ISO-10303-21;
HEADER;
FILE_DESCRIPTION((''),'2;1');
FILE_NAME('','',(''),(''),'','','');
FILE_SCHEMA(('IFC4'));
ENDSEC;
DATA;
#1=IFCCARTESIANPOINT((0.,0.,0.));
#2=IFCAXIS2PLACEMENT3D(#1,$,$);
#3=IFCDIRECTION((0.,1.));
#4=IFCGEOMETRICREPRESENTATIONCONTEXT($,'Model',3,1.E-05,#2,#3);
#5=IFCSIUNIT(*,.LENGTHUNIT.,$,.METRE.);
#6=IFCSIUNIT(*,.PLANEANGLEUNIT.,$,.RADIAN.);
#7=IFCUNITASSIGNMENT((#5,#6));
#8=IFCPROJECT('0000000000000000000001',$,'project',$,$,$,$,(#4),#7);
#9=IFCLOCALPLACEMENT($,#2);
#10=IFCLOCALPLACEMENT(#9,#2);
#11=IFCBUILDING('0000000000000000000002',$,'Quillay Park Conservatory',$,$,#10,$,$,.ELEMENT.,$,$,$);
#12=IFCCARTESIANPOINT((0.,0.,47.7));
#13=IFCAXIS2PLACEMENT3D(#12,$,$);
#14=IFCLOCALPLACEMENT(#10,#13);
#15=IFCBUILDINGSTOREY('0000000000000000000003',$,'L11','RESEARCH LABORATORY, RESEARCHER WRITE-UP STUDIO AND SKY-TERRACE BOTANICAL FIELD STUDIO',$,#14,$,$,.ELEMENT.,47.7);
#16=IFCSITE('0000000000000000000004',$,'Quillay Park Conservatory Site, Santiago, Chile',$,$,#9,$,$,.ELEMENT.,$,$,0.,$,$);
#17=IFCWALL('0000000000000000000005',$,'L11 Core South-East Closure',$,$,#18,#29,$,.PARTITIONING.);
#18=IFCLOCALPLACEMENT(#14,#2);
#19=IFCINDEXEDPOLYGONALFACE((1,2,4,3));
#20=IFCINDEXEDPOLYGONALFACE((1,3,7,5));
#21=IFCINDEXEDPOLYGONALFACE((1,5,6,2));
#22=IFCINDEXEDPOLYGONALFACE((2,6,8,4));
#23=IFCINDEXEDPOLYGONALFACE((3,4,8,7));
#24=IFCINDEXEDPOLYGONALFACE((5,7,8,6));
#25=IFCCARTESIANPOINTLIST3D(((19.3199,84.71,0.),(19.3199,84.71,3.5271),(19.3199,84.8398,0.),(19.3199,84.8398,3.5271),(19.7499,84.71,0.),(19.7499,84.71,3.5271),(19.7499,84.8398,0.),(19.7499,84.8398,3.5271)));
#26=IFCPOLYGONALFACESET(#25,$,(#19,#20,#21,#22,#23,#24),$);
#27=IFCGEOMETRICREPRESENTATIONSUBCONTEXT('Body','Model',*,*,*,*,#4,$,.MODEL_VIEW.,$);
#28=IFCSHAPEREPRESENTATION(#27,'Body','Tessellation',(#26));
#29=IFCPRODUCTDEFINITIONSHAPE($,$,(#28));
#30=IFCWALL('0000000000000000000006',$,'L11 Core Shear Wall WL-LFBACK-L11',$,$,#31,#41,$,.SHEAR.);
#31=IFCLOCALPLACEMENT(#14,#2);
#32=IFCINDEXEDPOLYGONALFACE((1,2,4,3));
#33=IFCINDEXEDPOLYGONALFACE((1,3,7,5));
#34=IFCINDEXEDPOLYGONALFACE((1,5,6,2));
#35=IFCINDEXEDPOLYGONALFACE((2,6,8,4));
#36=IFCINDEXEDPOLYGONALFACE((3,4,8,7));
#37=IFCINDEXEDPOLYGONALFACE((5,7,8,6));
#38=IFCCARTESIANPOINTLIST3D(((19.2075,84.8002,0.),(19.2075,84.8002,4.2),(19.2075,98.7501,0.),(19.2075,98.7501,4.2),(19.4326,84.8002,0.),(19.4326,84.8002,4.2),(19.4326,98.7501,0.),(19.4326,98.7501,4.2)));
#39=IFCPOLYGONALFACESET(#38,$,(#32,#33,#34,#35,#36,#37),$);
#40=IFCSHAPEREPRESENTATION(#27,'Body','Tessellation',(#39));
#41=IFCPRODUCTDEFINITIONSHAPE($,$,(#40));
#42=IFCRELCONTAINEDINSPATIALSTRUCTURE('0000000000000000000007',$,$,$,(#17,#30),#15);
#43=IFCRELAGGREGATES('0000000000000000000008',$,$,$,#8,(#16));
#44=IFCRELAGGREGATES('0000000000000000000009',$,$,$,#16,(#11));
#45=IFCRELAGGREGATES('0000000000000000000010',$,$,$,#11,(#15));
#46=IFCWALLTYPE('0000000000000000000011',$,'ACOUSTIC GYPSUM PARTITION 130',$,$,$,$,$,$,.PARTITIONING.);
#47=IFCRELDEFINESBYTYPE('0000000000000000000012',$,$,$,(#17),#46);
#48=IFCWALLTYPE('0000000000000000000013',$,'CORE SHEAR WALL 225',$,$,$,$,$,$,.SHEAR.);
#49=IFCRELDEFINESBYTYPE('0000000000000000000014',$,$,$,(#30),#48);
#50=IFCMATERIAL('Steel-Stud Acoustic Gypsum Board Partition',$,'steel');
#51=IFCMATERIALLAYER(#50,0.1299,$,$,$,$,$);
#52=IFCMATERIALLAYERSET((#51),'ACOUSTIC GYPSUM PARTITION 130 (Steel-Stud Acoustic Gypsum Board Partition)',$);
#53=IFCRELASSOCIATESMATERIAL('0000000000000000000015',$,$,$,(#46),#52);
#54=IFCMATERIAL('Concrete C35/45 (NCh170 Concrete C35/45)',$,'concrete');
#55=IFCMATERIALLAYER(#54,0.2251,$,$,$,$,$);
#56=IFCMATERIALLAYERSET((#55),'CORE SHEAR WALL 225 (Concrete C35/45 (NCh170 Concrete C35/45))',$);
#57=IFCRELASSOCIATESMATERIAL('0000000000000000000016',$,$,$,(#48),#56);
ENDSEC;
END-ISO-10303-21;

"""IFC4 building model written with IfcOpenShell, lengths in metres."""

from ifc_helpers import new_model, si_unit, direction, frame, frame_2d, origin, place, context, subcontext, project, spatial, rectangle, extrude, material, layer, layer_set, type_object, element, save


model = new_model("IFC4")

# Units and contexts
model_context = context("Model", 3, precision=1e-05, world=origin(), true_north=direction((0.0, 1.0)))
body_context = subcontext(model_context, "Body", "Model", "MODEL_VIEW")
ifc_project = project(units=[si_unit("LENGTHUNIT", "METRE"), si_unit("PLANEANGLEUNIT", "RADIAN")], contexts=[model_context])

# Site, building, storey
site_placement = place(None, origin())
site = spatial("IfcSite", under=ifc_project, at=site_placement, Name="Quillay Park Conservatory Site, Santiago, Chile", CompositionType="ELEMENT", RefElevation=0.0)
building_placement = place(site_placement, origin())
building = spatial("IfcBuilding", under=site, at=building_placement, Name="Quillay Park Conservatory", CompositionType="ELEMENT")
storey_placement = place(building_placement, frame((0.0, 0.0, 47.7)))
storey = spatial("IfcBuildingStorey", under=building, at=storey_placement, Name="L11", Description="RESEARCH LABORATORY, RESEARCHER WRITE-UP STUDIO AND SKY-TERRACE BOTANICAL FIELD STUDIO", CompositionType="ELEMENT", Elevation=47.7)

# Walls
ifc_material_1 = material(Name="Steel-Stud Acoustic Gypsum Board Partition", Category="steel")
ifc_layer_1 = layer(ifc_material_1, 0.1299)
ifc_layer_set_1 = layer_set([ifc_layer_1], Name="ACOUSTIC GYPSUM PARTITION 130 (Steel-Stud Acoustic Gypsum Board Partition)")
wall_type_1 = type_object("IfcWallType", Name="ACOUSTIC GYPSUM PARTITION 130", PredefinedType="PARTITIONING", material=ifc_layer_set_1)
wall_1_placement = place(storey_placement, frame((19.3201, 84.7749, 0.0), z_axis=(0.0, 0.0, 1.0), x_axis=(1.0, 0.0, 0.0)))
element("IfcWall", 1, at=wall_1_placement, inside=storey, type_object=wall_type_1, Name="L11 Core South-East Closure", PredefinedType="PARTITIONING", context=body_context, shape_type="SweptSolid", body=[
    extrude(rectangle(XDim=0.4299, YDim=0.1299, at=frame_2d((0.2148, 0.0))), origin(), (0.0, 0.0, 1.0), 3.5271),
])
ifc_material_2 = material(Name="Concrete C35/45 (NCh170 Concrete C35/45)", Category="concrete")
ifc_layer_2 = layer(ifc_material_2, 0.2251)
ifc_layer_set_2 = layer_set([ifc_layer_2], Name="CORE SHEAR WALL 225 (Concrete C35/45 (NCh170 Concrete C35/45))")
wall_type_2 = type_object("IfcWallType", Name="CORE SHEAR WALL 225", PredefinedType="SHEAR", material=ifc_layer_set_2)
wall_2_placement = place(storey_placement, frame((19.3201, 84.8, 0.0), z_axis=(0.0, 0.0, 1.0), x_axis=(0.0, 1.0, 0.0)))
element("IfcWall", 2, at=wall_2_placement, inside=storey, type_object=wall_type_2, Name="L11 Core Shear Wall WL-LFBACK-L11", PredefinedType="SHEAR", context=body_context, shape_type="SweptSolid", body=[
    extrude(rectangle(XDim=13.95, YDim=0.2251, at=frame_2d((6.9751, 0.0))), origin(), (0.0, 0.0, 1.0), 4.2),
])

save(model, "model.ifc")
